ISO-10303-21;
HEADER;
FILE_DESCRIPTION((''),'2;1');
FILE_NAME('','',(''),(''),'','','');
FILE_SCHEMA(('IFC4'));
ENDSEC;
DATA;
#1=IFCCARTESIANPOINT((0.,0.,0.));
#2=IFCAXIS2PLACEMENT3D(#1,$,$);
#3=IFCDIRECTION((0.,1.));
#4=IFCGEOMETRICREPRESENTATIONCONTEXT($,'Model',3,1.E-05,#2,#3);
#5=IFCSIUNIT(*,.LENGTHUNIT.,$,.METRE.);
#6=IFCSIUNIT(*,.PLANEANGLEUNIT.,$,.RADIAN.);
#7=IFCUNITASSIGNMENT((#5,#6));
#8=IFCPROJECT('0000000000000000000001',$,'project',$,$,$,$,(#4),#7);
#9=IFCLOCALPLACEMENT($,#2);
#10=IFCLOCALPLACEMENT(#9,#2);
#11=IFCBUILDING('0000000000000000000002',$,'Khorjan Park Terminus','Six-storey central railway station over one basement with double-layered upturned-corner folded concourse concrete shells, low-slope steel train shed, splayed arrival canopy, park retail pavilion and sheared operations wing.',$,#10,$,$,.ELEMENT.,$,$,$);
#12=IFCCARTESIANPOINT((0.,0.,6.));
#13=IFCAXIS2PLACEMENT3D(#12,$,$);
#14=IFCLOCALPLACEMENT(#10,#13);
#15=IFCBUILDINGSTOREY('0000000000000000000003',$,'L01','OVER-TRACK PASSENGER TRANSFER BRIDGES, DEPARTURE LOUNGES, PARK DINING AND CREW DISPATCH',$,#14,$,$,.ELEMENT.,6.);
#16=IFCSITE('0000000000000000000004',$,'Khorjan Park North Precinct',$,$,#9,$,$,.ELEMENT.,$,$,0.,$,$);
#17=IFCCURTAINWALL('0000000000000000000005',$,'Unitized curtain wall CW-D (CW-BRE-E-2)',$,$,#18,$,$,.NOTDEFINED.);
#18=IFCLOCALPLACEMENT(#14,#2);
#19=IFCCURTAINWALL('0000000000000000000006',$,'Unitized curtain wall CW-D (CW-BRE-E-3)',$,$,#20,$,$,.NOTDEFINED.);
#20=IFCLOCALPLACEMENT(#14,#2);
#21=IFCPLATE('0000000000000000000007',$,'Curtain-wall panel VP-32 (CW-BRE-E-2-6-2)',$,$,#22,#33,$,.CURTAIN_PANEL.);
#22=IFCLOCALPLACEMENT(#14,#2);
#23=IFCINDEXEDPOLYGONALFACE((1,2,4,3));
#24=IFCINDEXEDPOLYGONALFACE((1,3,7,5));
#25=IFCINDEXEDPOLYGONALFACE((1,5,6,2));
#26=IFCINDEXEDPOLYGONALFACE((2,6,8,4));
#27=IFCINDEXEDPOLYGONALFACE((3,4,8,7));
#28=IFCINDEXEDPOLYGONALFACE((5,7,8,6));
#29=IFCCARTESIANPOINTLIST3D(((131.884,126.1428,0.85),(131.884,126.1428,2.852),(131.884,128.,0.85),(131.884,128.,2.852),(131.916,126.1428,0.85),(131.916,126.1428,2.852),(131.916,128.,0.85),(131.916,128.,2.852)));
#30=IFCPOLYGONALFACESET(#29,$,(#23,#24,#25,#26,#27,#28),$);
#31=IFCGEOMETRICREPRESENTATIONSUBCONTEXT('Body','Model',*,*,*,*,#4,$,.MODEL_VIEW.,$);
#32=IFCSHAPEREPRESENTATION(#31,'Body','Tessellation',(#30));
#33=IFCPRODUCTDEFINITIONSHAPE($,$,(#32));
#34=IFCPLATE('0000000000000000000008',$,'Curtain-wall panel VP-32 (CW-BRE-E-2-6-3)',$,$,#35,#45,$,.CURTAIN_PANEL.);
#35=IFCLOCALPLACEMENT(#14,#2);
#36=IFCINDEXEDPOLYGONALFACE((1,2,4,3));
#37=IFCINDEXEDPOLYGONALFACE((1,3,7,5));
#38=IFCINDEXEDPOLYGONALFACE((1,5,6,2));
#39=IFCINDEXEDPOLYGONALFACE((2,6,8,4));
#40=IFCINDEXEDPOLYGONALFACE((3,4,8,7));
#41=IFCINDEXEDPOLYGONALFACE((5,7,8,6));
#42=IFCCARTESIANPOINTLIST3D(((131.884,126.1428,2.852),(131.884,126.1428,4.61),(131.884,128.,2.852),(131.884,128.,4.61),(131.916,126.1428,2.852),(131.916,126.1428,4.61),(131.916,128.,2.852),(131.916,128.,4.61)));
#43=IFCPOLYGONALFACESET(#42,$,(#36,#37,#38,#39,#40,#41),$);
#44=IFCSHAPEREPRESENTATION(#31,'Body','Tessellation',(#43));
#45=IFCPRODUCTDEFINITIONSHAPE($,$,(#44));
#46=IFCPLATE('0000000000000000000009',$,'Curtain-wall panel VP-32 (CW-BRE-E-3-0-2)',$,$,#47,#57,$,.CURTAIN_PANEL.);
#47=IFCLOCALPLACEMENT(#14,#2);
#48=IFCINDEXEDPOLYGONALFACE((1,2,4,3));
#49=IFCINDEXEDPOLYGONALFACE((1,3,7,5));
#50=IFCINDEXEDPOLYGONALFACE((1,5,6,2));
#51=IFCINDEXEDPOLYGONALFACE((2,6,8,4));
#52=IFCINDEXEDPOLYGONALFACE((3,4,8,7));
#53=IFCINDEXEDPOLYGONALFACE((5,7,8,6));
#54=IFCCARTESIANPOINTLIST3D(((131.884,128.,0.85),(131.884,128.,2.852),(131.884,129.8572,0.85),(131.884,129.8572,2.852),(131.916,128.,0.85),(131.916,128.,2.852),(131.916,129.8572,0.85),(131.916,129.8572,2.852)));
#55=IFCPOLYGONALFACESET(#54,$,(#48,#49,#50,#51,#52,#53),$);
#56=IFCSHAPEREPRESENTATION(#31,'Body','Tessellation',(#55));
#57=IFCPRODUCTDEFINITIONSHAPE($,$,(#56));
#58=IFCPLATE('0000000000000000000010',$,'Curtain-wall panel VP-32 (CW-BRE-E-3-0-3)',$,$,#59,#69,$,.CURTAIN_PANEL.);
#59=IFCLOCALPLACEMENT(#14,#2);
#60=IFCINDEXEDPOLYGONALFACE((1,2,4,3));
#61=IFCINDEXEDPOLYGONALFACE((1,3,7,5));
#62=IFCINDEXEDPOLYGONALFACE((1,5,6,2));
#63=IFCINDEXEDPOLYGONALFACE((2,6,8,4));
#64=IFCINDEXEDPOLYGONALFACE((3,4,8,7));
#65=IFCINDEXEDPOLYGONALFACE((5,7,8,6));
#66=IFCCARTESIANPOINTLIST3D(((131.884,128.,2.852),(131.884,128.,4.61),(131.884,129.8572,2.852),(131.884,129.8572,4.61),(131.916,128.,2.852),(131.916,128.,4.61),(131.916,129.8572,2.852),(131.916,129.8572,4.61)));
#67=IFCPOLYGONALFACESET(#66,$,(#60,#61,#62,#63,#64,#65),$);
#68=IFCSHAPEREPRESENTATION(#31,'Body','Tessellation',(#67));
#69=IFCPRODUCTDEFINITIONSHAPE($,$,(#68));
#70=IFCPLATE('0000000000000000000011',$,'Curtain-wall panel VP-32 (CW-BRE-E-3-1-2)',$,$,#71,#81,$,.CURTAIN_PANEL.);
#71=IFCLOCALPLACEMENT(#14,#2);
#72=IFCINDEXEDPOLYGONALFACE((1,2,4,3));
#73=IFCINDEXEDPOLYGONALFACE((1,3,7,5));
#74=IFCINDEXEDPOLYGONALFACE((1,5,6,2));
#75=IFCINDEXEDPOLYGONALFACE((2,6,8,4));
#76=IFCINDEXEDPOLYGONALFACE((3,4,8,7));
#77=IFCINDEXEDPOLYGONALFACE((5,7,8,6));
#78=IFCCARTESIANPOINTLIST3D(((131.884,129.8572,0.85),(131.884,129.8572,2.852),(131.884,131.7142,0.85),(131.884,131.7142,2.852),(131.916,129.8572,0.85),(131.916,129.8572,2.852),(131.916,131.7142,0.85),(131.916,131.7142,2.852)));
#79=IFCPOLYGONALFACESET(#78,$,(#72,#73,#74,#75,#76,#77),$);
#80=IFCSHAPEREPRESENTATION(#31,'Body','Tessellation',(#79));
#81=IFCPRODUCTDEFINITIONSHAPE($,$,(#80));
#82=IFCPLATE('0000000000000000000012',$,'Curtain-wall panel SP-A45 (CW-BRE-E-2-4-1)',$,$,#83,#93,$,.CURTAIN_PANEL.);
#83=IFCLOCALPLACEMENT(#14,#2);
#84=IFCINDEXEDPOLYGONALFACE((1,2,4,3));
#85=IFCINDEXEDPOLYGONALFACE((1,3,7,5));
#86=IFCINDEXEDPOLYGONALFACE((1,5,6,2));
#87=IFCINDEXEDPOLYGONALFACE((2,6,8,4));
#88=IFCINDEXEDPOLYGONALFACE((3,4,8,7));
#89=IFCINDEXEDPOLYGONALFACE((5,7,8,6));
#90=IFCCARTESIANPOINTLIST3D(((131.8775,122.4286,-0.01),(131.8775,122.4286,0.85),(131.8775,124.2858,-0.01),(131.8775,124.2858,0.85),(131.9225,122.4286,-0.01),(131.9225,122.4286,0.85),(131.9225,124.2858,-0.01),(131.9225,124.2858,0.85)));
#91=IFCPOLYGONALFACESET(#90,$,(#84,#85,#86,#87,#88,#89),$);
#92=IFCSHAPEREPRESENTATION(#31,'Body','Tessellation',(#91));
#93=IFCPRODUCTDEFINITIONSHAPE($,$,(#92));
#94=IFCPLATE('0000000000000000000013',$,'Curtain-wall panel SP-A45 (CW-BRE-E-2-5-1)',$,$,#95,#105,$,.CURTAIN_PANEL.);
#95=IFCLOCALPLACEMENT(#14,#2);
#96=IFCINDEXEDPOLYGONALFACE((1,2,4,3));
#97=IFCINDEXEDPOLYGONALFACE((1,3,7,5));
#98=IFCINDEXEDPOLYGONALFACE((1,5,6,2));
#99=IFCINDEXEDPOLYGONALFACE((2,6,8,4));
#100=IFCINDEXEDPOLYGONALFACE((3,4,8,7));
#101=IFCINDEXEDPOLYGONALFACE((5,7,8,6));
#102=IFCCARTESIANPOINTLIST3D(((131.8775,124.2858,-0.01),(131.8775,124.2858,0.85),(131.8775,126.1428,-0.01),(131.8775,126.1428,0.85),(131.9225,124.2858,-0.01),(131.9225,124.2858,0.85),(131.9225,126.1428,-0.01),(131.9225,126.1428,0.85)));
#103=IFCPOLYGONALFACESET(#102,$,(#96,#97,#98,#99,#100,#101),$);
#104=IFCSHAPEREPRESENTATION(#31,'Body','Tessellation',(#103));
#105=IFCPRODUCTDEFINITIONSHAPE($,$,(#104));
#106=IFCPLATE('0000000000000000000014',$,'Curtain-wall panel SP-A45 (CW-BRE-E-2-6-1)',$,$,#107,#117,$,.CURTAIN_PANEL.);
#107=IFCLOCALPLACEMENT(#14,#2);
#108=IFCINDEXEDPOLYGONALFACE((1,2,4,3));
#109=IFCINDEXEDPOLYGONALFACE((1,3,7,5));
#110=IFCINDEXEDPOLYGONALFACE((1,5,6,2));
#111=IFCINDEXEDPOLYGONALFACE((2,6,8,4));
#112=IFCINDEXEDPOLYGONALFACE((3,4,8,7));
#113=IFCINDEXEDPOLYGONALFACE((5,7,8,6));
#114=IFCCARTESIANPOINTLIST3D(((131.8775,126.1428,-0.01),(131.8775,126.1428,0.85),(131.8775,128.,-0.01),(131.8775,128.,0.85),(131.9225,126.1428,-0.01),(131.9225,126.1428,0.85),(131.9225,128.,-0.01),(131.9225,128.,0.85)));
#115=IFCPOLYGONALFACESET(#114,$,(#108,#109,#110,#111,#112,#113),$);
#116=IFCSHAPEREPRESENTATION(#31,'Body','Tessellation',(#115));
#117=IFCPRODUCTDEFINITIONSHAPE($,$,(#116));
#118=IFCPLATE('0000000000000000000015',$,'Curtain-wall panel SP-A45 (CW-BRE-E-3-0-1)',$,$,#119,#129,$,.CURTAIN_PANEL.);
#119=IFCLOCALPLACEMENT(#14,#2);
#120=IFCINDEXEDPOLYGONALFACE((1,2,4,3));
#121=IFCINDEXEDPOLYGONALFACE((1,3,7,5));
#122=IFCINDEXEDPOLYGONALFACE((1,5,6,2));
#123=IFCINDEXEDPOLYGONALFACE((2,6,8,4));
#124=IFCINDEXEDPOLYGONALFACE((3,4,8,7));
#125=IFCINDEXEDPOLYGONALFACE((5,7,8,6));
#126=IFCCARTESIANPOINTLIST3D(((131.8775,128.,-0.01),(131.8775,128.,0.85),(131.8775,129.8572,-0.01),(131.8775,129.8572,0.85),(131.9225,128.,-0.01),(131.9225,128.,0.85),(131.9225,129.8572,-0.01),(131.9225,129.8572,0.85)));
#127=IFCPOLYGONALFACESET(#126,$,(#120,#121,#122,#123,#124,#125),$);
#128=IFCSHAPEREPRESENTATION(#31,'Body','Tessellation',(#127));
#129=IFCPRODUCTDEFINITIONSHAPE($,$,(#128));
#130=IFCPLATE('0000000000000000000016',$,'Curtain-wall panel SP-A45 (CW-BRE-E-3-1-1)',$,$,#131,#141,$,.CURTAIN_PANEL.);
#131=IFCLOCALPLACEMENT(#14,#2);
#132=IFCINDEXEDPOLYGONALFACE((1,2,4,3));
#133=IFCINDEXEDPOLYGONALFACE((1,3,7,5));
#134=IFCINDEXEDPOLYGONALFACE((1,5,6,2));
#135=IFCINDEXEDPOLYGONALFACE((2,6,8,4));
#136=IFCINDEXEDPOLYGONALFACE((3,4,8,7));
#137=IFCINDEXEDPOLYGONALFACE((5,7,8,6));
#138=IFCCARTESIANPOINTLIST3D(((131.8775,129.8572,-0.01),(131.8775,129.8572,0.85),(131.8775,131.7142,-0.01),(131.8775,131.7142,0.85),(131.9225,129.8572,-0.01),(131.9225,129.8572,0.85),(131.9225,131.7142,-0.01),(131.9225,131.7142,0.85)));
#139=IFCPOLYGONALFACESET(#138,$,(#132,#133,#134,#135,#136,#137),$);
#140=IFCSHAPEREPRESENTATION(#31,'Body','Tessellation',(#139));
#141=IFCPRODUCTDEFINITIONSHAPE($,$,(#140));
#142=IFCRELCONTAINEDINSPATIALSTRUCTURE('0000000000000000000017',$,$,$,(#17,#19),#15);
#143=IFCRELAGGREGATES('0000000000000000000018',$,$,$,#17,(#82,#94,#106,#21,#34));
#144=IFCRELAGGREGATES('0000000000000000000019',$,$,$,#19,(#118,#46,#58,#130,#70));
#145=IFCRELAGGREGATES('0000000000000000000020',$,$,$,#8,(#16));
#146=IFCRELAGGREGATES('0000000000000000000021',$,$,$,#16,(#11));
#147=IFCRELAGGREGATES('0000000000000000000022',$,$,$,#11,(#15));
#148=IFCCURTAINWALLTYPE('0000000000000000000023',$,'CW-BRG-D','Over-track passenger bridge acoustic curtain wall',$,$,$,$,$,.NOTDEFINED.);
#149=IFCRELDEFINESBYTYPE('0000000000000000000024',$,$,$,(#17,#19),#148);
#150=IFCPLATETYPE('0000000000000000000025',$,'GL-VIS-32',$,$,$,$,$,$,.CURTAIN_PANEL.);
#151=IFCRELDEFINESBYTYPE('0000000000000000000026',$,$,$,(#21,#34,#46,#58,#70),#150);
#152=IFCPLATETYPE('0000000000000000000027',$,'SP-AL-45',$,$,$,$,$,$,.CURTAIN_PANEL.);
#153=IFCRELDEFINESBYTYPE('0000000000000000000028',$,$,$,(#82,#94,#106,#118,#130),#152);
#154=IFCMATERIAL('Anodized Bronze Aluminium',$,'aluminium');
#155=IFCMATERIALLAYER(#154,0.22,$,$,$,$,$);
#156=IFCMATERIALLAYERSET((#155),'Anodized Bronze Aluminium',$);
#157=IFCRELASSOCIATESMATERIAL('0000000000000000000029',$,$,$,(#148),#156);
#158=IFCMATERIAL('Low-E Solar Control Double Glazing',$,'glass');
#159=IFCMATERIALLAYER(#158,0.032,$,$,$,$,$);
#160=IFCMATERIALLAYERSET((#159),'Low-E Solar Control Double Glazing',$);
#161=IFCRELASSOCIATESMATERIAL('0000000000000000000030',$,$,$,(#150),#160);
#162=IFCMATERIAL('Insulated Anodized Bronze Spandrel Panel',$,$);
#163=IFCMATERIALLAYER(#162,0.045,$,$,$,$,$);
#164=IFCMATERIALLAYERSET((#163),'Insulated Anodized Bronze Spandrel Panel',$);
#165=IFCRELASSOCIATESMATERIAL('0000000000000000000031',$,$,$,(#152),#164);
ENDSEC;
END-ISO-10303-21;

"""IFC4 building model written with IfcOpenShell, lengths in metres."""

from ifc_helpers import new_model, si_unit, direction, frame, origin, origin_2d, place, context, subcontext, project, spatial, rectangle, extrude, material, layer, layer_set, type_object, element, aggregate, save


model = new_model("IFC4")

# Units and contexts
model_context = context("Model", 3, precision=1e-05, world=origin(), true_north=direction((0.0, 1.0)))
body_context = subcontext(model_context, "Body", "Model", "MODEL_VIEW")
ifc_project = project(units=[si_unit("LENGTHUNIT", "METRE"), si_unit("PLANEANGLEUNIT", "RADIAN")], contexts=[model_context])

# Site, building, storey
site_placement = place(None, origin())
site = spatial("IfcSite", under=ifc_project, at=site_placement, Name="Khorjan Park North Precinct", CompositionType="ELEMENT", RefElevation=0.0)
building_placement = place(site_placement, origin())
building = spatial("IfcBuilding", under=site, at=building_placement, Name="Khorjan Park Terminus", Description="Six-storey central railway station over one basement with double-layered upturned-corner folded concourse concrete shells, low-slope steel train shed, splayed arrival canopy, park retail pavilion and sheared operations wing.", CompositionType="ELEMENT")
storey_placement = place(building_placement, frame((0.0, 0.0, 6.0)))
storey = spatial("IfcBuildingStorey", under=building, at=storey_placement, Name="L01", Description="OVER-TRACK PASSENGER TRANSFER BRIDGES, DEPARTURE LOUNGES, PARK DINING AND CREW DISPATCH", CompositionType="ELEMENT", Elevation=6.0)

# Curtain wall
ifc_material_1 = material(Name="Anodized Bronze Aluminium", Category="aluminium")
ifc_layer_1 = layer(ifc_material_1, 0.22)
ifc_layer_set_1 = layer_set([ifc_layer_1], Name="Anodized Bronze Aluminium")
curtain_wall_type = type_object("IfcCurtainWallType", Name="CW-BRG-D", Description="Over-track passenger bridge acoustic curtain wall", PredefinedType="NOTDEFINED", material=ifc_layer_set_1)
curtain_wall_1_placement = place(storey_placement, origin())
curtain_wall_1 = element("IfcCurtainWall", 1, at=curtain_wall_1_placement, inside=storey, type_object=curtain_wall_type, Name="Unitized curtain wall CW-D (CW-BRE-E-2)", PredefinedType="NOTDEFINED")

# Curtain wall
curtain_wall_2_placement = place(storey_placement, origin())
curtain_wall_2 = element("IfcCurtainWall", 2, at=curtain_wall_2_placement, inside=storey, type_object=curtain_wall_type, Name="Unitized curtain wall CW-D (CW-BRE-E-3)", PredefinedType="NOTDEFINED")

# Plates
ifc_material_2 = material(Name="Low-E Solar Control Double Glazing", Category="glass")
ifc_layer_2 = layer(ifc_material_2, 0.032)
ifc_layer_set_2 = layer_set([ifc_layer_2], Name="Low-E Solar Control Double Glazing")
plate_type_1 = type_object("IfcPlateType", Name="GL-VIS-32", PredefinedType="CURTAIN_PANEL", material=ifc_layer_set_2)
plate_1_placement = place(storey_placement, frame((131.9, 127.0714, 0.85), z_axis=(0.0, 0.0, 1.0), x_axis=(0.0, 1.0, 0.0)))
plate_1 = element("IfcPlate", 3, at=plate_1_placement, type_object=plate_type_1, Name="Curtain-wall panel VP-32 (CW-BRE-E-2-6-2)", PredefinedType="CURTAIN_PANEL", context=body_context, shape_type="SweptSolid", body=[
    extrude(rectangle(XDim=1.8571, YDim=0.032, at=origin_2d()), origin(), (0.0, 0.0, 1.0), 2.002),
])
plate_2_placement = place(storey_placement, frame((131.9, 127.0714, 2.852), z_axis=(0.0, 0.0, 1.0), x_axis=(0.0, 1.0, 0.0)))
plate_2 = element("IfcPlate", 4, at=plate_2_placement, type_object=plate_type_1, Name="Curtain-wall panel VP-32 (CW-BRE-E-2-6-3)", PredefinedType="CURTAIN_PANEL", context=body_context, shape_type="SweptSolid", body=[
    extrude(rectangle(XDim=1.8571, YDim=0.032, at=origin_2d()), origin(), (0.0, 0.0, 1.0), 1.758),
])
plate_3_placement = place(storey_placement, frame((131.9, 128.9286, 0.85), z_axis=(0.0, 0.0, 1.0), x_axis=(0.0, 1.0, 0.0)))
plate_3 = element("IfcPlate", 5, at=plate_3_placement, type_object=plate_type_1, Name="Curtain-wall panel VP-32 (CW-BRE-E-3-0-2)", PredefinedType="CURTAIN_PANEL", context=body_context, shape_type="SweptSolid", body=[
    extrude(rectangle(XDim=1.8571, YDim=0.032, at=origin_2d()), origin(), (0.0, 0.0, 1.0), 2.002),
])
plate_4_placement = place(storey_placement, frame((131.9, 128.9286, 2.852), z_axis=(0.0, 0.0, 1.0), x_axis=(0.0, 1.0, 0.0)))
plate_4 = element("IfcPlate", 6, at=plate_4_placement, type_object=plate_type_1, Name="Curtain-wall panel VP-32 (CW-BRE-E-3-0-3)", PredefinedType="CURTAIN_PANEL", context=body_context, shape_type="SweptSolid", body=[
    extrude(rectangle(XDim=1.8571, YDim=0.032, at=origin_2d()), origin(), (0.0, 0.0, 1.0), 1.758),
])
plate_5_placement = place(storey_placement, frame((131.9, 130.7857, 0.85), z_axis=(0.0, 0.0, 1.0), x_axis=(0.0, 1.0, 0.0)))
plate_5 = element("IfcPlate", 7, at=plate_5_placement, type_object=plate_type_1, Name="Curtain-wall panel VP-32 (CW-BRE-E-3-1-2)", PredefinedType="CURTAIN_PANEL", context=body_context, shape_type="SweptSolid", body=[
    extrude(rectangle(XDim=1.8571, YDim=0.032, at=origin_2d()), origin(), (0.0, 0.0, 1.0), 2.002),
])
ifc_material_3 = material(Name="Insulated Anodized Bronze Spandrel Panel")
ifc_layer_3 = layer(ifc_material_3, 0.045)
ifc_layer_set_3 = layer_set([ifc_layer_3], Name="Insulated Anodized Bronze Spandrel Panel")
plate_type_2 = type_object("IfcPlateType", Name="SP-AL-45", PredefinedType="CURTAIN_PANEL", material=ifc_layer_set_3)
plate_6_placement = place(storey_placement, frame((131.9, 123.3572, -0.01), z_axis=(0.0, 0.0, 1.0), x_axis=(0.0, 1.0, 0.0)))
plate_6 = element("IfcPlate", 8, at=plate_6_placement, type_object=plate_type_2, Name="Curtain-wall panel SP-A45 (CW-BRE-E-2-4-1)", PredefinedType="CURTAIN_PANEL", context=body_context, shape_type="SweptSolid", body=[
    extrude(rectangle(XDim=1.8571, YDim=0.045, at=origin_2d()), origin(), (0.0, 0.0, 1.0), 0.86),
])
plate_7_placement = place(storey_placement, frame((131.9, 125.2143, -0.01), z_axis=(0.0, 0.0, 1.0), x_axis=(0.0, 1.0, 0.0)))
plate_7 = element("IfcPlate", 9, at=plate_7_placement, type_object=plate_type_2, Name="Curtain-wall panel SP-A45 (CW-BRE-E-2-5-1)", PredefinedType="CURTAIN_PANEL", context=body_context, shape_type="SweptSolid", body=[
    extrude(rectangle(XDim=1.8571, YDim=0.045, at=origin_2d()), origin(), (0.0, 0.0, 1.0), 0.86),
])
plate_8_placement = place(storey_placement, frame((131.9, 127.0714, -0.01), z_axis=(0.0, 0.0, 1.0), x_axis=(0.0, 1.0, 0.0)))
plate_8 = element("IfcPlate", 10, at=plate_8_placement, type_object=plate_type_2, Name="Curtain-wall panel SP-A45 (CW-BRE-E-2-6-1)", PredefinedType="CURTAIN_PANEL", context=body_context, shape_type="SweptSolid", body=[
    extrude(rectangle(XDim=1.8571, YDim=0.045, at=origin_2d()), origin(), (0.0, 0.0, 1.0), 0.86),
])
aggregate(curtain_wall_1, [plate_6, plate_7, plate_8, plate_1, plate_2])
plate_9_placement = place(storey_placement, frame((131.9, 128.9286, -0.01), z_axis=(0.0, 0.0, 1.0), x_axis=(0.0, 1.0, 0.0)))
plate_9 = element("IfcPlate", 11, at=plate_9_placement, type_object=plate_type_2, Name="Curtain-wall panel SP-A45 (CW-BRE-E-3-0-1)", PredefinedType="CURTAIN_PANEL", context=body_context, shape_type="SweptSolid", body=[
    extrude(rectangle(XDim=1.8571, YDim=0.045, at=origin_2d()), origin(), (0.0, 0.0, 1.0), 0.86),
])
plate_10_placement = place(storey_placement, frame((131.9, 130.7857, -0.01), z_axis=(0.0, 0.0, 1.0), x_axis=(0.0, 1.0, 0.0)))
plate_10 = element("IfcPlate", 12, at=plate_10_placement, type_object=plate_type_2, Name="Curtain-wall panel SP-A45 (CW-BRE-E-3-1-1)", PredefinedType="CURTAIN_PANEL", context=body_context, shape_type="SweptSolid", body=[
    extrude(rectangle(XDim=1.8571, YDim=0.045, at=origin_2d()), origin(), (0.0, 0.0, 1.0), 0.86),
])
aggregate(curtain_wall_2, [plate_9, plate_3, plate_4, plate_10, plate_5])

save(model, "model.ifc")
